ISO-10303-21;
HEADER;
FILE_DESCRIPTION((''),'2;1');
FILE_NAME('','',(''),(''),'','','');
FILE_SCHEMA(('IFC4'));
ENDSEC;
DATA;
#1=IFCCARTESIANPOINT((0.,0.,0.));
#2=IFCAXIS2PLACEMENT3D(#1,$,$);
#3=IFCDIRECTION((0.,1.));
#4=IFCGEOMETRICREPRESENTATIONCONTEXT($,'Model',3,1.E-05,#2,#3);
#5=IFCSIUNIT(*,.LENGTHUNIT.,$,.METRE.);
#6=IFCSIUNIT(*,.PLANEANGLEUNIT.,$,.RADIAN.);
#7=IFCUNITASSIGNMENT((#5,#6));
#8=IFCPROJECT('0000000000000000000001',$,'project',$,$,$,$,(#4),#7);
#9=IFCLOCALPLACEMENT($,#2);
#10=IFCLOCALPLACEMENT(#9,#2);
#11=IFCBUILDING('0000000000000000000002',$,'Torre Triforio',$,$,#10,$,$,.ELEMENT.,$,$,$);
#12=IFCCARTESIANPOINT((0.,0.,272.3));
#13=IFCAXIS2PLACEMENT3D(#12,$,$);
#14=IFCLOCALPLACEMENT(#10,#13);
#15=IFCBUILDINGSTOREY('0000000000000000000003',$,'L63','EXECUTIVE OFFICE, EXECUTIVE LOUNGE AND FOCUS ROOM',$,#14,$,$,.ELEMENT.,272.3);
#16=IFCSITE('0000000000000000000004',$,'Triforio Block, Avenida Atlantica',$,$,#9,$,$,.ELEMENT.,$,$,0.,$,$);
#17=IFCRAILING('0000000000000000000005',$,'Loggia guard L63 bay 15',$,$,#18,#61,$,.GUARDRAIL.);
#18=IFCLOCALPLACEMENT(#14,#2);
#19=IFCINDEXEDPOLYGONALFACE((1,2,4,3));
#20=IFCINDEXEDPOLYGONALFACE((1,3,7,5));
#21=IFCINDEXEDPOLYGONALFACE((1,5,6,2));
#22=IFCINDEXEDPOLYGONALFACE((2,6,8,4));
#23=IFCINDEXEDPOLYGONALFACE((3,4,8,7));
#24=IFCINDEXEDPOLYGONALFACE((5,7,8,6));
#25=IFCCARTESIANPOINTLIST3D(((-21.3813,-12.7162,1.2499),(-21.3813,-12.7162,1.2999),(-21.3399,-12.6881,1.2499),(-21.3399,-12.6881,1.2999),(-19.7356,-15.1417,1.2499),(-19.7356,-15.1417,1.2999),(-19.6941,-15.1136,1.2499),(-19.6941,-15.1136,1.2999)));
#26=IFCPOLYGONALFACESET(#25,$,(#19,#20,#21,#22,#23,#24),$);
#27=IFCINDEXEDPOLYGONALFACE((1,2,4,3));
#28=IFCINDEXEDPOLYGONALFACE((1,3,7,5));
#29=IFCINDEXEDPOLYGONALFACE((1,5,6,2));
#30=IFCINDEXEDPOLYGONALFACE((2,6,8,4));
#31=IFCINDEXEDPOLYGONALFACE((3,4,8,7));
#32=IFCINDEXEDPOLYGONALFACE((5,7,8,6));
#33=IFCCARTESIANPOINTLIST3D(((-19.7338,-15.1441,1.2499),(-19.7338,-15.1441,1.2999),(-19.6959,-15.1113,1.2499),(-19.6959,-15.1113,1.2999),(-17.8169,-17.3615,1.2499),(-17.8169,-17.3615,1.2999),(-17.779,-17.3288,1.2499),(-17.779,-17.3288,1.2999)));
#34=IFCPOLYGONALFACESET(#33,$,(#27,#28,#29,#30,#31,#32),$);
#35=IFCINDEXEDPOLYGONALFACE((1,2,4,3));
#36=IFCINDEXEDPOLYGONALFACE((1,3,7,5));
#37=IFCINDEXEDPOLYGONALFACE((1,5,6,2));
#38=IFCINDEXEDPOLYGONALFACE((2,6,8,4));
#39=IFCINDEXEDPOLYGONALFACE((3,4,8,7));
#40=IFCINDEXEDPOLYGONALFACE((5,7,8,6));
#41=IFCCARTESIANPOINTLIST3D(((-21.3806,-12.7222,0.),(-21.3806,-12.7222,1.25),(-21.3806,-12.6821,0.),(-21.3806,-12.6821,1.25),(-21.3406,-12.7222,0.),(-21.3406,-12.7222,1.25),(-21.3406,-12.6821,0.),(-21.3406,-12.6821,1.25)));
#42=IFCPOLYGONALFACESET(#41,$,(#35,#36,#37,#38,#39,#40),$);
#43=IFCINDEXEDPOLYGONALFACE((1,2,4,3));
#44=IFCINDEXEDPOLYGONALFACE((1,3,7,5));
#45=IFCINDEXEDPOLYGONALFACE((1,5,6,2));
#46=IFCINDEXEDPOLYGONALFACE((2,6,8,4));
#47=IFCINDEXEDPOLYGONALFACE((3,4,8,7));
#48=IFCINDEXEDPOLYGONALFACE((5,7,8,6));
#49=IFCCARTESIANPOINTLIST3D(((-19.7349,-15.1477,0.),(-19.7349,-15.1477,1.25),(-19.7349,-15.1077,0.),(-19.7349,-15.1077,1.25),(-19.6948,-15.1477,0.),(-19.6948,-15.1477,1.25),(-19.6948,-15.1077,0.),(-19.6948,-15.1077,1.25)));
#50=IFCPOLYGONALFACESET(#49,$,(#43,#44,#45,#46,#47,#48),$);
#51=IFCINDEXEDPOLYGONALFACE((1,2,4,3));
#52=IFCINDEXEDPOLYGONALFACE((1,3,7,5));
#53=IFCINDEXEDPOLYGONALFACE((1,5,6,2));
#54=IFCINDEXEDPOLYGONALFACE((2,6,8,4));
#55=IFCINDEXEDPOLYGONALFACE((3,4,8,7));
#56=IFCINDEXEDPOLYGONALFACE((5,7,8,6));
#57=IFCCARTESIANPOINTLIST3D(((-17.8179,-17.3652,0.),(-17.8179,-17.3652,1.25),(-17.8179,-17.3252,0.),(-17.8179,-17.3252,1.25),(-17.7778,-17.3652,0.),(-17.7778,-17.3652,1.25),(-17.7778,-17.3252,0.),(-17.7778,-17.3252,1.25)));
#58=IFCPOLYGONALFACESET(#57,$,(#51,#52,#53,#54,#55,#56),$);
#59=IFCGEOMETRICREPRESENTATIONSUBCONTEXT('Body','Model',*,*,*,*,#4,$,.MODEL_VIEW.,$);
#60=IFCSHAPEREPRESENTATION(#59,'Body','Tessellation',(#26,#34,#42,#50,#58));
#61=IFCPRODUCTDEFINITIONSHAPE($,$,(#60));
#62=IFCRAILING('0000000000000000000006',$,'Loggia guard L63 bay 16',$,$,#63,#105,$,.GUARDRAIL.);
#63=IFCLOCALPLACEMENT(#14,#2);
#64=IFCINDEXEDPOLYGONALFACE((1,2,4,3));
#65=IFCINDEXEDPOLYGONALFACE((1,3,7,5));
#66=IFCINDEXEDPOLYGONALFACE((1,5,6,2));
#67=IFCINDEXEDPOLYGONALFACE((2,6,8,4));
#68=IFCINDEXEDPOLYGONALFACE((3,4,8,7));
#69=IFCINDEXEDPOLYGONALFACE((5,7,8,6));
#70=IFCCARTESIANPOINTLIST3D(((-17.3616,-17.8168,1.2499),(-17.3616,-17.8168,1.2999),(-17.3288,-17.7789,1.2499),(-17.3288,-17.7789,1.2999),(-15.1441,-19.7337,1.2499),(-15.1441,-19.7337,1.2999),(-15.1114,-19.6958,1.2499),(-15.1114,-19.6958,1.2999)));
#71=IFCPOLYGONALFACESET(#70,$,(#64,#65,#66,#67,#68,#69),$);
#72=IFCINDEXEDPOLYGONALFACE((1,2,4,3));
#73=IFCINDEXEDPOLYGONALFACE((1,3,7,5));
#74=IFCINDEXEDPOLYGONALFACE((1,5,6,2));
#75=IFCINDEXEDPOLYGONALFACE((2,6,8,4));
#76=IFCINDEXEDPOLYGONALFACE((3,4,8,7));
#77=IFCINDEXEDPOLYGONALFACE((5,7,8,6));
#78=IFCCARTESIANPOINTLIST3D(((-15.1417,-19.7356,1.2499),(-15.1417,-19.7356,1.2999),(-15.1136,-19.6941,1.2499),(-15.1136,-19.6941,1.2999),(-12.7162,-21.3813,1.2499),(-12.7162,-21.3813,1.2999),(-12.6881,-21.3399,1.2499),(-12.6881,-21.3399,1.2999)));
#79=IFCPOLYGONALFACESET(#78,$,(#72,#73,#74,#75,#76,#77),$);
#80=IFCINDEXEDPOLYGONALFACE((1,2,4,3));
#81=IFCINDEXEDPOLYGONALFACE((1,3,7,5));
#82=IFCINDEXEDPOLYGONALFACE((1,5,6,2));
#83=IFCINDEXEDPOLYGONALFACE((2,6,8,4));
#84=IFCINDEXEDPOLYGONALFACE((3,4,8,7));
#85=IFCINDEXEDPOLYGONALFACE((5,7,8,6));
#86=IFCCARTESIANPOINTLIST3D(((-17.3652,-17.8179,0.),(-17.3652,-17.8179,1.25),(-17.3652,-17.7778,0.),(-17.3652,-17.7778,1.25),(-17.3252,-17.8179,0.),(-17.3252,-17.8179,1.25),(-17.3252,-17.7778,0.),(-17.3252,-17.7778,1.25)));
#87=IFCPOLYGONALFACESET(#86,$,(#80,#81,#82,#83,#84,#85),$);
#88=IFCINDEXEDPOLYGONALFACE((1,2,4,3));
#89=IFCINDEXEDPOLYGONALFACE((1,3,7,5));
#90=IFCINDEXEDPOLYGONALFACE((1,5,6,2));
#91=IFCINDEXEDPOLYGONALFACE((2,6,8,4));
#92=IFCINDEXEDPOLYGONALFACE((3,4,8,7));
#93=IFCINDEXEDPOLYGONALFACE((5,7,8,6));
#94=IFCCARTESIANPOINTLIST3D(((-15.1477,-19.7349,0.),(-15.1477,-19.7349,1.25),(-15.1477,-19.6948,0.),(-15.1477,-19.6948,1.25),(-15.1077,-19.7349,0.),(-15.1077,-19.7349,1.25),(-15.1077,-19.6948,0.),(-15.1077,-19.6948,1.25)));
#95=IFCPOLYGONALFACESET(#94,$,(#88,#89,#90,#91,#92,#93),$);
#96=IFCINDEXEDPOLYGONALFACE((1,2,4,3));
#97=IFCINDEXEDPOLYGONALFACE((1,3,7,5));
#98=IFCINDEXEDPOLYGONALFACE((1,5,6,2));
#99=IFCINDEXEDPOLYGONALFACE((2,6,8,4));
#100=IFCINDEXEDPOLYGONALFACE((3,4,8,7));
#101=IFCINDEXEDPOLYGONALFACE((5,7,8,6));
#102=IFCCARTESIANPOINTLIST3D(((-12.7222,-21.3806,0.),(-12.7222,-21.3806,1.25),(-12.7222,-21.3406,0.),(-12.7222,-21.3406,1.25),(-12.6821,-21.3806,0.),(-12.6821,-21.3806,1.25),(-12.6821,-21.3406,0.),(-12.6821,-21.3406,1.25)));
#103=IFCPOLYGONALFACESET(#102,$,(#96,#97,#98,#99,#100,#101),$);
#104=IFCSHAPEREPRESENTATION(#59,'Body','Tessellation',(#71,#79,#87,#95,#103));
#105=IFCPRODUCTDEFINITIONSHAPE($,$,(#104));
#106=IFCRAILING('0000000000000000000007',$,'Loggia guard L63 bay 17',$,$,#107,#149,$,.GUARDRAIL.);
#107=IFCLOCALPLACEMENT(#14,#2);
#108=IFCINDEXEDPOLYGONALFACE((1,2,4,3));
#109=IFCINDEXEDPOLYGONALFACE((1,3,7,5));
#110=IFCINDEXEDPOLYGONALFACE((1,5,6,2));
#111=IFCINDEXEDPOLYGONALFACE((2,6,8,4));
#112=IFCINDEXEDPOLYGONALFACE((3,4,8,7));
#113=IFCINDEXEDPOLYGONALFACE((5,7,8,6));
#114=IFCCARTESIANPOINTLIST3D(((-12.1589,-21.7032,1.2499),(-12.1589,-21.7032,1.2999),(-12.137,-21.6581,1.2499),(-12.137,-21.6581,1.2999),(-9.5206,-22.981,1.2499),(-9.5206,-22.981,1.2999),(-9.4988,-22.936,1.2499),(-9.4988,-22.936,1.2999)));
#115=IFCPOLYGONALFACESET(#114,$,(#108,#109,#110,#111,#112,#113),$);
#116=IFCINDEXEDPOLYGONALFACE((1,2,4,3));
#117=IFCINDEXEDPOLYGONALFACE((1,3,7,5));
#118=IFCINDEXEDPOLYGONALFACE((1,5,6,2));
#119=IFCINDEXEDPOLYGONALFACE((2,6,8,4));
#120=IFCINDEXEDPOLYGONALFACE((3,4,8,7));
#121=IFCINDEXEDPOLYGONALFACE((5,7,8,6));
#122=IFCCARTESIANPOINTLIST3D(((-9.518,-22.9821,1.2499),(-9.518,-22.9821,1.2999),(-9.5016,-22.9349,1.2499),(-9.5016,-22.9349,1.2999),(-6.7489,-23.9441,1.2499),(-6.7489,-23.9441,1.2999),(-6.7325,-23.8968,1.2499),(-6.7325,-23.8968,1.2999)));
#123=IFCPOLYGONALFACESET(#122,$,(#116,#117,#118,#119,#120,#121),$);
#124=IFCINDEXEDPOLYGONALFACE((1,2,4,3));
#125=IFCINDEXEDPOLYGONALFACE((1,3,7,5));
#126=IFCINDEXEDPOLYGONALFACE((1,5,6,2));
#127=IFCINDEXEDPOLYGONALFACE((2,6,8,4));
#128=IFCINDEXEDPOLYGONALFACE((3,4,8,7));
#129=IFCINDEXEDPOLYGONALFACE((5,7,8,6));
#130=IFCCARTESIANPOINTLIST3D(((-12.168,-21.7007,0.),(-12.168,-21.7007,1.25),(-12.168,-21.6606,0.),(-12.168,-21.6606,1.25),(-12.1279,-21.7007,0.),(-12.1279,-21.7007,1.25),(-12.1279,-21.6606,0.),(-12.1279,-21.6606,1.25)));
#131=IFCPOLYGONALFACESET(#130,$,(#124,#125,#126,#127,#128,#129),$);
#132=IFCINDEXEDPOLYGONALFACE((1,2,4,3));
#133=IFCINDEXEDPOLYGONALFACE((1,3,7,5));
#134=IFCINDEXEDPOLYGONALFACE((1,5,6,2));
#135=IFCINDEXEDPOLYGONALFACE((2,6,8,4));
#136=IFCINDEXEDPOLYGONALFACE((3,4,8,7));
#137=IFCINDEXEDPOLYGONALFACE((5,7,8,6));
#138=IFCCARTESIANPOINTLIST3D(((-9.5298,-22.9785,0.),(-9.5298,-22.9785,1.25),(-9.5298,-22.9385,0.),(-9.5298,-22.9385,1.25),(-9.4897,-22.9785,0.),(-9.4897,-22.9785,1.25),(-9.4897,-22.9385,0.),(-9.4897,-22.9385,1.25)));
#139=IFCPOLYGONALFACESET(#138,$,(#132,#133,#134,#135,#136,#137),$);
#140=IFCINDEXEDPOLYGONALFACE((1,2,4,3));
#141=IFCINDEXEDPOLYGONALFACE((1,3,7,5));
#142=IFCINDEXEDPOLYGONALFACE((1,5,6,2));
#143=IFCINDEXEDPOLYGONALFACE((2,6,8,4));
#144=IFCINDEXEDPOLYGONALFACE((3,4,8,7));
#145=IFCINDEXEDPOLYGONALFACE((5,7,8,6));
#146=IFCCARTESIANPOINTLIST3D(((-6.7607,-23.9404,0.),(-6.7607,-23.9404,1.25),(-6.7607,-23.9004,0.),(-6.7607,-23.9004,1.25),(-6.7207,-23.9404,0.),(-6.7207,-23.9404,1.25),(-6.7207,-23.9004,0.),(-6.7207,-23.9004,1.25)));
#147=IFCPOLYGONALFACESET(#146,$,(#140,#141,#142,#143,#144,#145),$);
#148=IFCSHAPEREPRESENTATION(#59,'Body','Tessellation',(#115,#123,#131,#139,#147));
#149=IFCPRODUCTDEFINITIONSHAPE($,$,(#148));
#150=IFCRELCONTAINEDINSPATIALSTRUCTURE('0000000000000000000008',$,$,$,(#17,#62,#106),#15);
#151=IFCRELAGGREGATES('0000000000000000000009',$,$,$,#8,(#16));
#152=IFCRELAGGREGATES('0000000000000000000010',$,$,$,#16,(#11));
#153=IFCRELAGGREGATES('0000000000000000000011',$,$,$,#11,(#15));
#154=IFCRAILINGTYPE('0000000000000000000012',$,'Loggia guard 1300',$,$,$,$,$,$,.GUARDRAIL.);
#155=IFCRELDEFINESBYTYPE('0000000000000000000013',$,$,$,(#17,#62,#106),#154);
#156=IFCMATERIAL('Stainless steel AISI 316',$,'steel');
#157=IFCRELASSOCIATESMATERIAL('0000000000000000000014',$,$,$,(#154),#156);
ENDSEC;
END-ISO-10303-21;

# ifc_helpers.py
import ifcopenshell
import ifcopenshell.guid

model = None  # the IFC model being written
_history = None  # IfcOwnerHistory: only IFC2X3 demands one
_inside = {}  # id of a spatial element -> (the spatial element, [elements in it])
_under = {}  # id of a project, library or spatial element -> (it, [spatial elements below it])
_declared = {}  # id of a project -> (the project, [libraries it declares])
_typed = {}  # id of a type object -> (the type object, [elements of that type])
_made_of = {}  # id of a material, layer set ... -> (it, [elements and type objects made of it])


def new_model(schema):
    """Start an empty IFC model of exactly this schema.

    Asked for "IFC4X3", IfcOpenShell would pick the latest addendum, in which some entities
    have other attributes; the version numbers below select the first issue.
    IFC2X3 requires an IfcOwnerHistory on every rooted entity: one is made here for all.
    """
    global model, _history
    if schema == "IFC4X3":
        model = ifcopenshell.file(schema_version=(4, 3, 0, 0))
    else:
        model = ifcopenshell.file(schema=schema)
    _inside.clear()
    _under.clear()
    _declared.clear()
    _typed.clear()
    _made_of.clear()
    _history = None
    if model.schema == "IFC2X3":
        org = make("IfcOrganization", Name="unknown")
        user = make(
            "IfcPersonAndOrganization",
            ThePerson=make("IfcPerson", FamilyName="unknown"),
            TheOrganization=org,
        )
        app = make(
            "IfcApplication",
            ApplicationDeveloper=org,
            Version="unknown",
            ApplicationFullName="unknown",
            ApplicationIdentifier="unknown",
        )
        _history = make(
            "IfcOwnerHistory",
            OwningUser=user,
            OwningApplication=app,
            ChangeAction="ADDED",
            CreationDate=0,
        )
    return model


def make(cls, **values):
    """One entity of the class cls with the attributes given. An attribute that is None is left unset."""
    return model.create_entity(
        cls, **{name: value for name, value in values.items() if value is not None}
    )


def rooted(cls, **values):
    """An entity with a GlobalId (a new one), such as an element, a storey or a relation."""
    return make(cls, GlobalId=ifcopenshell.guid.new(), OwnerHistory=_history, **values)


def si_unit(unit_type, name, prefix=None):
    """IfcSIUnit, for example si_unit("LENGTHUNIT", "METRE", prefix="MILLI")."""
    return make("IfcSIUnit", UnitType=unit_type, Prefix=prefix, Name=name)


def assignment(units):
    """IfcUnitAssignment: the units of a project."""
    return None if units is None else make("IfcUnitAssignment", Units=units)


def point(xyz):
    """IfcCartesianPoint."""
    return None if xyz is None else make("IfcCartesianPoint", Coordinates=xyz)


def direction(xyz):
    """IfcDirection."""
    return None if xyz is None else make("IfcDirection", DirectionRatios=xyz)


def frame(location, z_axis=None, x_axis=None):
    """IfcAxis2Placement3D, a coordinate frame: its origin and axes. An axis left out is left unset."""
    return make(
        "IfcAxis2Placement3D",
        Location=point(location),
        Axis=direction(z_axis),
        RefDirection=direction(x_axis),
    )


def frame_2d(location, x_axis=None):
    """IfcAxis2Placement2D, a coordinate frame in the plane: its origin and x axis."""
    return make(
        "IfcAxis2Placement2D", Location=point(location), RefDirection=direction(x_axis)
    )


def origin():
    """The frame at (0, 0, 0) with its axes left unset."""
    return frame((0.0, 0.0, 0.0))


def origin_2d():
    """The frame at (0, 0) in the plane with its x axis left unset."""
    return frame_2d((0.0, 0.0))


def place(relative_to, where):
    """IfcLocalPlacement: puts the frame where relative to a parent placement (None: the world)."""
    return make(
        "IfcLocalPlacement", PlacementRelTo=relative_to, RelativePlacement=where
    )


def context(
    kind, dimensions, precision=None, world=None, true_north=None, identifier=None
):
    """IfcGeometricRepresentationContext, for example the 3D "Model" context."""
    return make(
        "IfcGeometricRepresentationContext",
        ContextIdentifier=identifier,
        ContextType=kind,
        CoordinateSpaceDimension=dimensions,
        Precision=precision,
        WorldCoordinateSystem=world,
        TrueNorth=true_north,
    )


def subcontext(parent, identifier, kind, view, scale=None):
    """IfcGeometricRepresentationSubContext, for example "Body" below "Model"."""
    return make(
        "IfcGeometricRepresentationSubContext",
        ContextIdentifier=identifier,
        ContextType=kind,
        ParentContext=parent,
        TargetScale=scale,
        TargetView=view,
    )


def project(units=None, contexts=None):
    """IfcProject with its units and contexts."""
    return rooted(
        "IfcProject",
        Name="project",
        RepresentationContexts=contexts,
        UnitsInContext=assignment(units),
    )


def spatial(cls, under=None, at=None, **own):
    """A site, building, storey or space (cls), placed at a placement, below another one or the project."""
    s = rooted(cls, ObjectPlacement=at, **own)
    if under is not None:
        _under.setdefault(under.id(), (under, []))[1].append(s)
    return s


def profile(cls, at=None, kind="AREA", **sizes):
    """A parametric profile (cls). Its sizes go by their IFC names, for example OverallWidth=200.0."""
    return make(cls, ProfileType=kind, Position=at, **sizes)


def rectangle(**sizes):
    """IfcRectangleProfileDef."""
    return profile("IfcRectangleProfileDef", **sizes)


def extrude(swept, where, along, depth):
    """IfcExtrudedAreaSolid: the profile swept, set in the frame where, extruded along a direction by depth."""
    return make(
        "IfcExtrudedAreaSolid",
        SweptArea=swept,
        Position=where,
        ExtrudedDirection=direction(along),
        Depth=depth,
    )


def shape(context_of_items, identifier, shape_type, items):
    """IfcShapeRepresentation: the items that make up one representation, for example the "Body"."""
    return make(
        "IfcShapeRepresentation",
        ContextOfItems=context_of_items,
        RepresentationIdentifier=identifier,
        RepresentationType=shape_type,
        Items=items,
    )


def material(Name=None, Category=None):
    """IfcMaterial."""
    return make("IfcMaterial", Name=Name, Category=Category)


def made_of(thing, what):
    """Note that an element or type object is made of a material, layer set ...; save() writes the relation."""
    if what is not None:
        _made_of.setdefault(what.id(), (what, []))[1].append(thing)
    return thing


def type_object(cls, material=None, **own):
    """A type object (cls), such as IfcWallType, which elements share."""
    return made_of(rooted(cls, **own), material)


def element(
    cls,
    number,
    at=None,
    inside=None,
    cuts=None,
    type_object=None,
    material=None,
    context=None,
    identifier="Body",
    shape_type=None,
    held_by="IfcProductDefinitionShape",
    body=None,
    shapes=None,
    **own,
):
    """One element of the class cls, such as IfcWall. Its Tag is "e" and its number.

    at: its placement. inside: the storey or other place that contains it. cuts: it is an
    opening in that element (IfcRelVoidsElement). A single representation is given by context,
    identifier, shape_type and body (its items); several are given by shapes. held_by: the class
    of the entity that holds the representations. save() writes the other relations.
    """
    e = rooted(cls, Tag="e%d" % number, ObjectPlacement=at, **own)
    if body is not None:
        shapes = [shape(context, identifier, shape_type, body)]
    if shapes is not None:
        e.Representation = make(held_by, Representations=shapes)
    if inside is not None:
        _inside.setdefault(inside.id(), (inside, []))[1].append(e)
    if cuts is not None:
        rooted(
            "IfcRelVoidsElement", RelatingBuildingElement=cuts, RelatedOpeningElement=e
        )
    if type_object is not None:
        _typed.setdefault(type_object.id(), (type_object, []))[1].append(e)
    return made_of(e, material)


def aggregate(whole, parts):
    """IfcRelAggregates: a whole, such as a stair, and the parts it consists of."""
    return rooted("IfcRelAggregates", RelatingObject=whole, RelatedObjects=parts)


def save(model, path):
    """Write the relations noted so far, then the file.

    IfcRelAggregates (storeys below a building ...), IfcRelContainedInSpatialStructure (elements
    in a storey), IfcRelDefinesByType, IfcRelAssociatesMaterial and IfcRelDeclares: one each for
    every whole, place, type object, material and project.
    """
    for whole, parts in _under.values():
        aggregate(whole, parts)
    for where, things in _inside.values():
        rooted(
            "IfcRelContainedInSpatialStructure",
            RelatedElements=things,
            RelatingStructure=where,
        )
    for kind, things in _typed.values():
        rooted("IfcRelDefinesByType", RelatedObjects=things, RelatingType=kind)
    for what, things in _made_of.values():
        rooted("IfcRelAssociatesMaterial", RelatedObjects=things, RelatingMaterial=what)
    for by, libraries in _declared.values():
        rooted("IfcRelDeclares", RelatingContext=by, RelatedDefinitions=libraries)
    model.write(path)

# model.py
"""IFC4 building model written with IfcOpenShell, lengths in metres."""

from ifc_helpers import new_model, si_unit, direction, frame, origin, origin_2d, place, context, subcontext, project, spatial, rectangle, extrude, material, type_object, element, save


model = new_model("IFC4")

# Units and contexts
model_context = context("Model", 3, precision=1e-05, world=origin(), true_north=direction((0.0, 1.0)))
body_context = subcontext(model_context, "Body", "Model", "MODEL_VIEW")
ifc_project = project(units=[si_unit("LENGTHUNIT", "METRE"), si_unit("PLANEANGLEUNIT", "RADIAN")], contexts=[model_context])

# Site, building, storey
site_placement = place(None, origin())
site = spatial("IfcSite", under=ifc_project, at=site_placement, Name="Triforio Block, Avenida Atlantica", CompositionType="ELEMENT", RefElevation=0.0)
building_placement = place(site_placement, origin())
building = spatial("IfcBuilding", under=site, at=building_placement, Name="Torre Triforio", CompositionType="ELEMENT")
storey_placement = place(building_placement, frame((0.0, 0.0, 272.3)))
storey = spatial("IfcBuildingStorey", under=building, at=storey_placement, Name="L63", Description="EXECUTIVE OFFICE, EXECUTIVE LOUNGE AND FOCUS ROOM", CompositionType="ELEMENT", Elevation=272.3)

# Railings
ifc_material_1 = material(Name="Stainless steel AISI 316", Category="steel")
railing_type = type_object("IfcRailingType", Name="Loggia guard 1300", PredefinedType="GUARDRAIL", material=ifc_material_1)
railing_1_placement = place(storey_placement, frame((-21.3606, -12.7021, 0.0)))
element("IfcRailing", 1, at=railing_1_placement, inside=storey, type_object=railing_type, Name="Loggia guard L63 bay 15", PredefinedType="GUARDRAIL", context=body_context, shape_type="SweptSolid", body=[
    extrude(rectangle(XDim=0.05, YDim=0.05, at=origin_2d()), frame((0.0, 0.0, 1.2749), z_axis=(0.561467, -0.827499, 0.0), x_axis=(0.827499, 0.561467, 0.0)), (0.0, 0.0, 1.0), 2.9312),
    extrude(rectangle(XDim=0.05, YDim=0.05, at=origin_2d()), frame((1.6458, -2.4255, 1.2749), z_axis=(0.653982, -0.75651, 0.0), x_axis=(0.75651, 0.653982, 0.0)), (0.0, 0.0, 1.0), 2.9312),
    extrude(rectangle(XDim=0.04, YDim=0.04, at=origin_2d()), origin(), (0.0, 0.0, 1.0), 1.25),
    extrude(rectangle(XDim=0.04, YDim=0.04, at=origin_2d()), frame((1.6458, -2.4255, 0.0)), (0.0, 0.0, 1.0), 1.25),
    extrude(rectangle(XDim=0.04, YDim=0.04, at=origin_2d()), frame((3.5627, -4.6431, 0.0)), (0.0, 0.0, 1.0), 1.25),
])
railing_2_placement = place(storey_placement, frame((-17.3452, -17.7979, 0.0)))
element("IfcRailing", 2, at=railing_2_placement, inside=storey, type_object=railing_type, Name="Loggia guard L63 bay 16", PredefinedType="GUARDRAIL", context=body_context, shape_type="SweptSolid", body=[
    extrude(rectangle(XDim=0.05, YDim=0.05, at=origin_2d()), frame((0.0, 0.0, 1.2749), z_axis=(0.75651, -0.653982, 0.0), x_axis=(0.653982, 0.75651, 0.0)), (0.0, 0.0, 1.0), 2.9312),
    extrude(rectangle(XDim=0.05, YDim=0.05, at=origin_2d()), frame((2.2175, -1.917, 1.2749), z_axis=(0.827499, -0.561467, 0.0), x_axis=(0.561467, 0.827499, 0.0)), (0.0, 0.0, 1.0), 2.9312),
    extrude(rectangle(XDim=0.04, YDim=0.04, at=origin_2d()), origin(), (0.0, 0.0, 1.0), 1.25),
    extrude(rectangle(XDim=0.04, YDim=0.04, at=origin_2d()), frame((2.2175, -1.917, 0.0)), (0.0, 0.0, 1.0), 1.25),
    extrude(rectangle(XDim=0.04, YDim=0.04, at=origin_2d()), frame((4.6431, -3.5627, 0.0)), (0.0, 0.0, 1.0), 1.25),
])
railing_3_placement = place(storey_placement, frame((-12.1479, -21.6807, 0.0)))
element("IfcRailing", 3, at=railing_3_placement, inside=storey, type_object=railing_type, Name="Loggia guard L63 bay 17", PredefinedType="GUARDRAIL", context=body_context, shape_type="SweptSolid", body=[
    extrude(rectangle(XDim=0.05, YDim=0.05, at=origin_2d()), frame((0.0, 0.0, 1.2749), z_axis=(0.899986, -0.435918, 0.0), x_axis=(0.435918, 0.899986, 0.0)), (0.0, 0.0, 1.0), 2.9314),
    extrude(rectangle(XDim=0.05, YDim=0.05, at=origin_2d()), frame((2.6382, -1.2778, 1.2749), z_axis=(0.944627, -0.328146, 0.0), x_axis=(0.328146, 0.944627, 0.0)), (0.0, 0.0, 1.0), 2.9314),
    extrude(rectangle(XDim=0.04, YDim=0.04, at=origin_2d()), origin(), (0.0, 0.0, 1.0), 1.25),
    extrude(rectangle(XDim=0.04, YDim=0.04, at=origin_2d()), frame((2.6382, -1.2778, 0.0)), (0.0, 0.0, 1.0), 1.25),
    extrude(rectangle(XDim=0.04, YDim=0.04, at=origin_2d()), frame((5.4072, -2.2397, 0.0)), (0.0, 0.0, 1.0), 1.25),
])

save(model, "model.ifc")
